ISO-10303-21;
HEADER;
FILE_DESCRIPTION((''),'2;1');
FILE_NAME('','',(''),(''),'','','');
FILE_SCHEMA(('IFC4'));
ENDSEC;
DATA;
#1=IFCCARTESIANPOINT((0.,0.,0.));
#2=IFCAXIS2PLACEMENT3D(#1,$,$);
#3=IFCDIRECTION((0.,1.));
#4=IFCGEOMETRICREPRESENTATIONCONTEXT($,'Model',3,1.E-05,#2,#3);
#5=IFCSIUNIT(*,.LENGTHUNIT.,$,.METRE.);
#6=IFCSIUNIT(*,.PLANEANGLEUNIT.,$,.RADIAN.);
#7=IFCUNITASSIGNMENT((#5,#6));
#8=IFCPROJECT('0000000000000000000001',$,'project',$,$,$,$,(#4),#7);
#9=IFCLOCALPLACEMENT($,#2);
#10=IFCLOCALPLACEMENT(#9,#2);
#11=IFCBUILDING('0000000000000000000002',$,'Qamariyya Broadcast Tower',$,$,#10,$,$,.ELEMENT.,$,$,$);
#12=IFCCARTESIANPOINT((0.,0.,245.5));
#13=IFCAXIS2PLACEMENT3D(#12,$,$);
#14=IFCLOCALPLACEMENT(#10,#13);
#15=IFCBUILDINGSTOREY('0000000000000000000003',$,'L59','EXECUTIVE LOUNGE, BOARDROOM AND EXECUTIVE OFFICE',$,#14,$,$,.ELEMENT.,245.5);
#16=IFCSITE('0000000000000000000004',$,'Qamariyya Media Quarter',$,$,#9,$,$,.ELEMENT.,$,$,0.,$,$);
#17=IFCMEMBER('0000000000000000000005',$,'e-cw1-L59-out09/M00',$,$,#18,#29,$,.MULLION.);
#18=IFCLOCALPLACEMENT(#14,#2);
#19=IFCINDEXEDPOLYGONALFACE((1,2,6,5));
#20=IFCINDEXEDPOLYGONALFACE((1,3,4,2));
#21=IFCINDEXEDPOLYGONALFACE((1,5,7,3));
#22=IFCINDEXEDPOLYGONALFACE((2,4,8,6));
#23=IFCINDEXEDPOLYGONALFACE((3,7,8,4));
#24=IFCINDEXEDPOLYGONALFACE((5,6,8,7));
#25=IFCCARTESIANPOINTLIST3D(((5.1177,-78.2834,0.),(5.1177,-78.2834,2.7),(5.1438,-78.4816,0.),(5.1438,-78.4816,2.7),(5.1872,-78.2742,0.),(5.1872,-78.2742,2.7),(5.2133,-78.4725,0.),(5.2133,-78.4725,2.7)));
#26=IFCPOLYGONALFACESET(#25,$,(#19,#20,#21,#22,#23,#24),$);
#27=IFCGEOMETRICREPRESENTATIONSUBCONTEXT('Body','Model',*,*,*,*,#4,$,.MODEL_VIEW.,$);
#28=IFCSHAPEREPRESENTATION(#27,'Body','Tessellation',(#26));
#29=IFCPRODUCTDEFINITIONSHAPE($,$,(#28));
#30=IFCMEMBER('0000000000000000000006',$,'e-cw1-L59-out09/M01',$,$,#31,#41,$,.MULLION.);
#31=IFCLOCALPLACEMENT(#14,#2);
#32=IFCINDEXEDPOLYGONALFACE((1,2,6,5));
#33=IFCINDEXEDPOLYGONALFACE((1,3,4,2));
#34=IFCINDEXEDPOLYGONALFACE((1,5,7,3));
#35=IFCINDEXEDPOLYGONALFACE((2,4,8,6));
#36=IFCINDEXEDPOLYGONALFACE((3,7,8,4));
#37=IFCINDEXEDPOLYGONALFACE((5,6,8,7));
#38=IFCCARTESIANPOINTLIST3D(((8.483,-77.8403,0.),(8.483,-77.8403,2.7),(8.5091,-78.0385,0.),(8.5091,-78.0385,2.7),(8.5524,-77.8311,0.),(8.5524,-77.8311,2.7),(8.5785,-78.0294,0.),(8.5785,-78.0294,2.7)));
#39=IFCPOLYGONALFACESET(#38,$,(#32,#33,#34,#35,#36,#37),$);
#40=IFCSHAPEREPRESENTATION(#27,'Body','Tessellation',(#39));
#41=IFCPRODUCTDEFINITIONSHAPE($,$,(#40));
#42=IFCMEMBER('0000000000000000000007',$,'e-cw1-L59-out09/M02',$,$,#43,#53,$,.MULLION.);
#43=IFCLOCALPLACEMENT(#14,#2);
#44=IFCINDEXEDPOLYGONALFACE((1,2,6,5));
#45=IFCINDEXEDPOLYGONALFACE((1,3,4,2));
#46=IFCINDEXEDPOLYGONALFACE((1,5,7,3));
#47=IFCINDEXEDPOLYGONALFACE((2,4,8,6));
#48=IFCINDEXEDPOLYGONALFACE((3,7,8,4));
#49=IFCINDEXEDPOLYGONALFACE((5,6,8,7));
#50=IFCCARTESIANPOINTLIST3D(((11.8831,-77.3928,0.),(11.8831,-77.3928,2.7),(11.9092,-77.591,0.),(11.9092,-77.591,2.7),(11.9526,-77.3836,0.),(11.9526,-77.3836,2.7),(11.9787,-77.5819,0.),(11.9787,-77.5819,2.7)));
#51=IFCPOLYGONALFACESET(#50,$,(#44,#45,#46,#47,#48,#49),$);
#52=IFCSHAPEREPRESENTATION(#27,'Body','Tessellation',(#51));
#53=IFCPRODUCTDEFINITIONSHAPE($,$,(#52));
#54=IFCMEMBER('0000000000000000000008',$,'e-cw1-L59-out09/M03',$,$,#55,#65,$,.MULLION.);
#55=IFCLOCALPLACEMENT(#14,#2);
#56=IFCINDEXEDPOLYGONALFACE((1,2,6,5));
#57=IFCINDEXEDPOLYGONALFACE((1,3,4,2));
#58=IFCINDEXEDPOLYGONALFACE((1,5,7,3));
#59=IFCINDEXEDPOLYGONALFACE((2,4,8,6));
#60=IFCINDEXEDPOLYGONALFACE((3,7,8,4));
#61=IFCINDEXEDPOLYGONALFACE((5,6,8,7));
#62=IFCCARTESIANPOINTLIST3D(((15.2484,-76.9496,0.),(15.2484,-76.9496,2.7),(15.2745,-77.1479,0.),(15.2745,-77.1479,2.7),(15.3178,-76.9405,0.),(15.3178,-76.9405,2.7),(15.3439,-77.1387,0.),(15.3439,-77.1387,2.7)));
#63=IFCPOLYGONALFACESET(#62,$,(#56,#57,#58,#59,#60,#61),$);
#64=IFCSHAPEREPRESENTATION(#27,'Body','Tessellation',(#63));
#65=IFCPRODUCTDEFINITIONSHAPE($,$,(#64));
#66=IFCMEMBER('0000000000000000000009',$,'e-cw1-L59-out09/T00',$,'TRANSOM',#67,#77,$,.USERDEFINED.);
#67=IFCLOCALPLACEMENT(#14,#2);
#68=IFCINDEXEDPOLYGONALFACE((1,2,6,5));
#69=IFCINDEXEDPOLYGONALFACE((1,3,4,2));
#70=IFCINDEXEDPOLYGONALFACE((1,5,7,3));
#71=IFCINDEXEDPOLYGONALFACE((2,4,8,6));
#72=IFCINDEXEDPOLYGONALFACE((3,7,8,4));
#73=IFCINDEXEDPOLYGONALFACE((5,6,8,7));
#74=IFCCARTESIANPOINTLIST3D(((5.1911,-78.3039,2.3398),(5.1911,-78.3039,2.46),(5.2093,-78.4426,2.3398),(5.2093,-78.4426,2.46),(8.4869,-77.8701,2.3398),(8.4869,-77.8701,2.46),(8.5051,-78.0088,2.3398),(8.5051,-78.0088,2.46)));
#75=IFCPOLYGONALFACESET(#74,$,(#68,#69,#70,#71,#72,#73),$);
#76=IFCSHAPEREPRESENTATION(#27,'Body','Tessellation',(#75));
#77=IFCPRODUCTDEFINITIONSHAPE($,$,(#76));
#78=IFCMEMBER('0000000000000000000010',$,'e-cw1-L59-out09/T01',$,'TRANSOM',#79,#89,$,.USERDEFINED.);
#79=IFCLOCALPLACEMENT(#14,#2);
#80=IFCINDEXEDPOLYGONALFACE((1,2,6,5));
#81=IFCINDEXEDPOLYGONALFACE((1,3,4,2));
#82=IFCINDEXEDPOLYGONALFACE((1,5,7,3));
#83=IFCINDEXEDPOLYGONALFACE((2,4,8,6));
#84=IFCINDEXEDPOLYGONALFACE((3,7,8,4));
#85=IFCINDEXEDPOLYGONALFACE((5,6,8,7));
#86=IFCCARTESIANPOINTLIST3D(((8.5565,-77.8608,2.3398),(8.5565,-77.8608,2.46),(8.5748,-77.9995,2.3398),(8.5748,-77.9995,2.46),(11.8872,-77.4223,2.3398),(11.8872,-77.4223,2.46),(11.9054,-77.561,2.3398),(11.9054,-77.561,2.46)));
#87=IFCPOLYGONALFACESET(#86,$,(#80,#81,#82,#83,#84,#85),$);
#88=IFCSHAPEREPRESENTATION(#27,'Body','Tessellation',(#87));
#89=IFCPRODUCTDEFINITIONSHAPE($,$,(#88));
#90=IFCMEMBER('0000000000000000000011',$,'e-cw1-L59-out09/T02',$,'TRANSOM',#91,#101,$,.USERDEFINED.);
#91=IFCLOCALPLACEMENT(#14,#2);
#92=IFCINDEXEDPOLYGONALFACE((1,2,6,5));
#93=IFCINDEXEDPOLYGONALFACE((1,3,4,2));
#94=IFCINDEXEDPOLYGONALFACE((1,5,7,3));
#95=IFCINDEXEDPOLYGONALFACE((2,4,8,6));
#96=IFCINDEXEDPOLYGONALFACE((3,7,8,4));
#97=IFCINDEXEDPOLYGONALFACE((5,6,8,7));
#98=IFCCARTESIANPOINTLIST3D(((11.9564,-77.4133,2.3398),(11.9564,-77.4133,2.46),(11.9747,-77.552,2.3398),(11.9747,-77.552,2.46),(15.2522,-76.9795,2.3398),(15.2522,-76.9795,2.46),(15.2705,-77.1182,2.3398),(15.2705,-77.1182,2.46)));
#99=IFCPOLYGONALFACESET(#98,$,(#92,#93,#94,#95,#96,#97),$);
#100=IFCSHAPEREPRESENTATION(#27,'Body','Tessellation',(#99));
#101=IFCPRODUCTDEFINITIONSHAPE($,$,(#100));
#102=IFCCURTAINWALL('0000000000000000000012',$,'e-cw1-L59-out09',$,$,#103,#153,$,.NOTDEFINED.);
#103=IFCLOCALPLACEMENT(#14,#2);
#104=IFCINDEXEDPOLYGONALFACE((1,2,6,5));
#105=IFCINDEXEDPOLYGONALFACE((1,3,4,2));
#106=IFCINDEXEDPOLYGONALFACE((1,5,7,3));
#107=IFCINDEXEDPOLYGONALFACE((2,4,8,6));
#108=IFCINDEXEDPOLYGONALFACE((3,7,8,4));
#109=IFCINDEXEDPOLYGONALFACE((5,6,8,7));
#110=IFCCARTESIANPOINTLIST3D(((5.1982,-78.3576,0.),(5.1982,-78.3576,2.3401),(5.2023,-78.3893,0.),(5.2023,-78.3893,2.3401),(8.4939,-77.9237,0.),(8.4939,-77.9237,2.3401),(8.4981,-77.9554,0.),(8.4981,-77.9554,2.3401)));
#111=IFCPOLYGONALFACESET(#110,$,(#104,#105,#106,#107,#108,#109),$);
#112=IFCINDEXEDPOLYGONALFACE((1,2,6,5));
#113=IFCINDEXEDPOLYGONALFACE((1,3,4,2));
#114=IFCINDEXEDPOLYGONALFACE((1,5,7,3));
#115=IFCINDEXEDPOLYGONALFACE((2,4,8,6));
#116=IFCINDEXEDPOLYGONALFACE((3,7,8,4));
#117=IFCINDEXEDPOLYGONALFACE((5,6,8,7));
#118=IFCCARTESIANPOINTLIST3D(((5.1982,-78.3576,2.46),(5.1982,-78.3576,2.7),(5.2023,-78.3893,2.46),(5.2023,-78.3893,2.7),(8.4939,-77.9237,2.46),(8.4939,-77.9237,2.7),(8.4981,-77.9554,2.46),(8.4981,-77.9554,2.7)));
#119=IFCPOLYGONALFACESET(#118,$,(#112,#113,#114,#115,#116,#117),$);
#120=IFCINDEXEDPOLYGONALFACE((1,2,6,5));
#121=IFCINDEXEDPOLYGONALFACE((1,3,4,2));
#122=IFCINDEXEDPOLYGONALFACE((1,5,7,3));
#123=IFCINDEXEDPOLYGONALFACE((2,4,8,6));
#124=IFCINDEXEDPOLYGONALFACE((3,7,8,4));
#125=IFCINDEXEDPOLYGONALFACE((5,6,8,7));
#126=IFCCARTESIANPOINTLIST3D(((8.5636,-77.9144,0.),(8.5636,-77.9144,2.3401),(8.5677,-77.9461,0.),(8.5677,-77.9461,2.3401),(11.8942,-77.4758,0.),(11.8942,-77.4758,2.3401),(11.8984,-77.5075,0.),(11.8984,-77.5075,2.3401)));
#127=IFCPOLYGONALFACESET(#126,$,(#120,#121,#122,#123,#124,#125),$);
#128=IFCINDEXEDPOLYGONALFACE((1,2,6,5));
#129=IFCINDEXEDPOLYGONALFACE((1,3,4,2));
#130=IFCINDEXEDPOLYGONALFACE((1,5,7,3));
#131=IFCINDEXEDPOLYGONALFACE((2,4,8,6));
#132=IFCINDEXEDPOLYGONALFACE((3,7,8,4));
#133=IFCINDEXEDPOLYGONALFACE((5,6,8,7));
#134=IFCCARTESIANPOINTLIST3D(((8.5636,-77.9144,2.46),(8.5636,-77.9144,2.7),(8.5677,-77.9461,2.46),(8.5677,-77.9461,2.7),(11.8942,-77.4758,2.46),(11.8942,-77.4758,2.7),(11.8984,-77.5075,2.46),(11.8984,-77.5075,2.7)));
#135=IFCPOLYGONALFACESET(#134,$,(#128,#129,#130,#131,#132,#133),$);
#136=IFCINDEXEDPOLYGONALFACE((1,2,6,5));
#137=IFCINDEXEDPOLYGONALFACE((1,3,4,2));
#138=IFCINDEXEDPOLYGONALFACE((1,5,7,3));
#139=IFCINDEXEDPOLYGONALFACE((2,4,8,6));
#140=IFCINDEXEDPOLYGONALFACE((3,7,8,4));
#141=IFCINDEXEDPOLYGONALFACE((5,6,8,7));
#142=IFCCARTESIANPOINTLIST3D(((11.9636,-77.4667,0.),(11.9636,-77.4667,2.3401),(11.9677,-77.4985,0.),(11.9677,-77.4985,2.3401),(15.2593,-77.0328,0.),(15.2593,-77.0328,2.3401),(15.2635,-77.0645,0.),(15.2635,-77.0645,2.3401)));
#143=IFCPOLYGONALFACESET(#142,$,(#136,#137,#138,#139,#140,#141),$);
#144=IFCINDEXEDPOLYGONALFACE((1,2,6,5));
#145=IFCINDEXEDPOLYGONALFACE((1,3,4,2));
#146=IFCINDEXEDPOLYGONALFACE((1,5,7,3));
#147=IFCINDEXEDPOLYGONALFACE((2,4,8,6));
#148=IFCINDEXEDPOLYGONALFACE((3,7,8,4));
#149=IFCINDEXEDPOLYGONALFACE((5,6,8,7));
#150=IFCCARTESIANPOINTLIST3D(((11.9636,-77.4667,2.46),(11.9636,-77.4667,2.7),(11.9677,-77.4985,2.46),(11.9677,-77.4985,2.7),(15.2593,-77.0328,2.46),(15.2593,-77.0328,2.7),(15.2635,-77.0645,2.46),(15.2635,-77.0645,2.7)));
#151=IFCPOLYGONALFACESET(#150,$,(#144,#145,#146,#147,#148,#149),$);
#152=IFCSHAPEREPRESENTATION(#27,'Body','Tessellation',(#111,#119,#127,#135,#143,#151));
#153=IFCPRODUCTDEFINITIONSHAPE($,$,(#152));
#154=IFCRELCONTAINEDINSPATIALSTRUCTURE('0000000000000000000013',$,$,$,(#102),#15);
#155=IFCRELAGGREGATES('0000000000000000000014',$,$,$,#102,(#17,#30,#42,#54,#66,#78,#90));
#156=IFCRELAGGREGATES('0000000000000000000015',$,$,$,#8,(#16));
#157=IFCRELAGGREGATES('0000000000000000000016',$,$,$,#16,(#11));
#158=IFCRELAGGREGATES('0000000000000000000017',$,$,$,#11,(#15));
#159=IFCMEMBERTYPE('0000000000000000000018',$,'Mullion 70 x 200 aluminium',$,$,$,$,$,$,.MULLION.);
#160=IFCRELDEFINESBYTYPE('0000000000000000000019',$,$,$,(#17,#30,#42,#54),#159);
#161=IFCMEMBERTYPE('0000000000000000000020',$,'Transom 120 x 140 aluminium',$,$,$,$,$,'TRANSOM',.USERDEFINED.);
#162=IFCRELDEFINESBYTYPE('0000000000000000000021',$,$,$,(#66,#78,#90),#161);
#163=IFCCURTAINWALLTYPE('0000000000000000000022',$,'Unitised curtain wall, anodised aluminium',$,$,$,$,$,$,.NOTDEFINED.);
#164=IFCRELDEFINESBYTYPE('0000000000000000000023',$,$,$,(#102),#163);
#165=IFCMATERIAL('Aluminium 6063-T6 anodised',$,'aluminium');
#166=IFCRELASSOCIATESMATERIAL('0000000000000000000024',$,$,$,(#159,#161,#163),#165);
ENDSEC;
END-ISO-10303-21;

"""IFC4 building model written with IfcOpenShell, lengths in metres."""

from ifc_helpers import new_model, si_unit, direction, frame, origin, origin_2d, place, context, subcontext, project, spatial, rectangle, extrude, material, material_profile, profile_set, type_object, element, aggregate, save


model = new_model("IFC4")

# Units and contexts
model_context = context("Model", 3, precision=1e-05, world=origin(), true_north=direction((0.0, 1.0)))
body_context = subcontext(model_context, "Body", "Model", "MODEL_VIEW")
ifc_project = project(units=[si_unit("LENGTHUNIT", "METRE"), si_unit("PLANEANGLEUNIT", "RADIAN")], contexts=[model_context])

# Members
ifc_material = material(Name="Aluminium 6063-T6 anodised", Category="aluminium")
ifc_material_profile_1 = material_profile(ifc_material, rectangle(XDim=0.2, YDim=0.0701, at=origin_2d()))
ifc_profile_set_1 = profile_set([ifc_material_profile_1], Name="Aluminium 6063-T6 anodised")
member_type_1 = type_object("IfcMemberType", Name="Mullion 70 x 200 aluminium", PredefinedType="MULLION", material=ifc_profile_set_1)
site_placement = place(None, origin())
building_placement = place(site_placement, origin())
storey_placement = place(building_placement, frame((0.0, 0.0, 245.5)))
member_1_placement = place(storey_placement, frame((5.1655, -78.3779, 0.0), z_axis=(0.0, 0.0, 1.0), x_axis=(-0.130526, 0.991445, 0.0)))
member_1 = element("IfcMember", 1, at=member_1_placement, type_object=member_type_1, Name="e-cw1-L59-out09/M00", PredefinedType="MULLION", context=body_context, shape_type="SweptSolid", body=[
    extrude(rectangle(XDim=0.2, YDim=0.0701, at=origin_2d()), origin(), (0.0, 0.0, 1.0), 2.7),
])
member_2_placement = place(storey_placement, frame((8.5308, -77.9348, 0.0), z_axis=(0.0, 0.0, 1.0), x_axis=(-0.130526, 0.991445, 0.0)))
member_2 = element("IfcMember", 2, at=member_2_placement, type_object=member_type_1, Name="e-cw1-L59-out09/M01", PredefinedType="MULLION", context=body_context, shape_type="SweptSolid", body=[
    extrude(rectangle(XDim=0.2, YDim=0.0701, at=origin_2d()), origin(), (0.0, 0.0, 1.0), 2.7),
])
member_3_placement = place(storey_placement, frame((11.9309, -77.4873, 0.0), z_axis=(0.0, 0.0, 1.0), x_axis=(-0.130526, 0.991445, 0.0)))
member_3 = element("IfcMember", 3, at=member_3_placement, type_object=member_type_1, Name="e-cw1-L59-out09/M02", PredefinedType="MULLION", context=body_context, shape_type="SweptSolid", body=[
    extrude(rectangle(XDim=0.2, YDim=0.0701, at=origin_2d()), origin(), (0.0, 0.0, 1.0), 2.7),
])
member_4_placement = place(storey_placement, frame((15.2961, -77.0442, 0.0), z_axis=(0.0, 0.0, 1.0), x_axis=(-0.130526, 0.991445, 0.0)))
member_4 = element("IfcMember", 4, at=member_4_placement, type_object=member_type_1, Name="e-cw1-L59-out09/M03", PredefinedType="MULLION", context=body_context, shape_type="SweptSolid", body=[
    extrude(rectangle(XDim=0.2, YDim=0.0701, at=origin_2d()), origin(), (0.0, 0.0, 1.0), 2.7),
])
ifc_material_profile_2 = material_profile(ifc_material, rectangle(XDim=0.1399, YDim=0.1201, at=origin_2d()))
ifc_profile_set_2 = profile_set([ifc_material_profile_2], Name="Aluminium 6063-T6 anodised")
member_type_2 = type_object("IfcMemberType", Name="Transom 120 x 140 aluminium", ElementType="TRANSOM", PredefinedType="USERDEFINED", material=ifc_profile_set_2)
member_5_placement = place(storey_placement, frame((5.2002, -78.3733, 2.3999), z_axis=(0.991448, 0.130504, 0.0), x_axis=(-0.130504, 0.991448, 0.0)))
member_5 = element("IfcMember", 5, at=member_5_placement, type_object=member_type_2, Name="e-cw1-L59-out09/T00", ObjectType="TRANSOM", PredefinedType="USERDEFINED", context=body_context, shape_type="SweptSolid", body=[
    extrude(rectangle(XDim=0.1399, YDim=0.1201, at=origin_2d()), origin(), (0.0, 0.0, 1.0), 3.3242),
])
member_6_placement = place(storey_placement, frame((8.5657, -77.9302, 2.3999), z_axis=(0.991445, 0.130526, 0.0), x_axis=(-0.130526, 0.991445, 0.0)))
member_6 = element("IfcMember", 6, at=member_6_placement, type_object=member_type_2, Name="e-cw1-L59-out09/T01", ObjectType="TRANSOM", PredefinedType="USERDEFINED", context=body_context, shape_type="SweptSolid", body=[
    extrude(rectangle(XDim=0.1399, YDim=0.1201, at=origin_2d()), origin(), (0.0, 0.0, 1.0), 3.3594),
])
member_7_placement = place(storey_placement, frame((11.9656, -77.4827, 2.3999), z_axis=(0.991448, 0.130504, 0.0), x_axis=(-0.130504, 0.991448, 0.0)))
member_7 = element("IfcMember", 7, at=member_7_placement, type_object=member_type_2, Name="e-cw1-L59-out09/T02", ObjectType="TRANSOM", PredefinedType="USERDEFINED", context=body_context, shape_type="SweptSolid", body=[
    extrude(rectangle(XDim=0.1399, YDim=0.1201, at=origin_2d()), origin(), (0.0, 0.0, 1.0), 3.3242),
])

# Site, building, storey
site = spatial("IfcSite", under=ifc_project, at=site_placement, Name="Qamariyya Media Quarter", CompositionType="ELEMENT", RefElevation=0.0)
building = spatial("IfcBuilding", under=site, at=building_placement, Name="Qamariyya Broadcast Tower", CompositionType="ELEMENT")
storey = spatial("IfcBuildingStorey", under=building, at=storey_placement, Name="L59", Description="EXECUTIVE LOUNGE, BOARDROOM AND EXECUTIVE OFFICE", CompositionType="ELEMENT", Elevation=245.5)

# Curtain wall
curtain_wall_type = type_object("IfcCurtainWallType", Name="Unitised curtain wall, anodised aluminium", PredefinedType="NOTDEFINED", material=ifc_material)
curtain_wall_1_placement = place(storey_placement, origin())
curtain_wall_1 = element("IfcCurtainWall", 8, at=curtain_wall_1_placement, inside=storey, type_object=curtain_wall_type, Name="e-cw1-L59-out09", PredefinedType="NOTDEFINED", context=body_context, shape_type="SweptSolid", body=[
    extrude(rectangle(XDim=3.3242, YDim=0.032, at=origin_2d()), frame((6.8481, -78.1565, 0.0), x_axis=(0.991443, 0.130542, 0.0)), (0.0, 0.0, 1.0), 2.3401),
    extrude(rectangle(XDim=3.3242, YDim=0.032, at=origin_2d()), frame((6.8481, -78.1565, 2.46), x_axis=(0.991443, 0.130542, 0.0)), (0.0, 0.0, 1.0), 0.24),
    extrude(rectangle(XDim=3.3594, YDim=0.032, at=origin_2d()), frame((10.231, -77.7109, 0.0), x_axis=(0.991443, 0.130542, 0.0)), (0.0, 0.0, 1.0), 2.3401),
    extrude(rectangle(XDim=3.3594, YDim=0.032, at=origin_2d()), frame((10.231, -77.7109, 2.46), x_axis=(0.991443, 0.130542, 0.0)), (0.0, 0.0, 1.0), 0.24),
    extrude(rectangle(XDim=3.3242, YDim=0.032, at=origin_2d()), frame((13.6135, -77.2656, 0.0), x_axis=(0.991443, 0.130542, 0.0)), (0.0, 0.0, 1.0), 2.3401),
    extrude(rectangle(XDim=3.3242, YDim=0.032, at=origin_2d()), frame((13.6135, -77.2656, 2.46), x_axis=(0.991443, 0.130542, 0.0)), (0.0, 0.0, 1.0), 0.24),
])
aggregate(curtain_wall_1, [member_1, member_2, member_3, member_4, member_5, member_6, member_7])

save(model, "model.ifc")
